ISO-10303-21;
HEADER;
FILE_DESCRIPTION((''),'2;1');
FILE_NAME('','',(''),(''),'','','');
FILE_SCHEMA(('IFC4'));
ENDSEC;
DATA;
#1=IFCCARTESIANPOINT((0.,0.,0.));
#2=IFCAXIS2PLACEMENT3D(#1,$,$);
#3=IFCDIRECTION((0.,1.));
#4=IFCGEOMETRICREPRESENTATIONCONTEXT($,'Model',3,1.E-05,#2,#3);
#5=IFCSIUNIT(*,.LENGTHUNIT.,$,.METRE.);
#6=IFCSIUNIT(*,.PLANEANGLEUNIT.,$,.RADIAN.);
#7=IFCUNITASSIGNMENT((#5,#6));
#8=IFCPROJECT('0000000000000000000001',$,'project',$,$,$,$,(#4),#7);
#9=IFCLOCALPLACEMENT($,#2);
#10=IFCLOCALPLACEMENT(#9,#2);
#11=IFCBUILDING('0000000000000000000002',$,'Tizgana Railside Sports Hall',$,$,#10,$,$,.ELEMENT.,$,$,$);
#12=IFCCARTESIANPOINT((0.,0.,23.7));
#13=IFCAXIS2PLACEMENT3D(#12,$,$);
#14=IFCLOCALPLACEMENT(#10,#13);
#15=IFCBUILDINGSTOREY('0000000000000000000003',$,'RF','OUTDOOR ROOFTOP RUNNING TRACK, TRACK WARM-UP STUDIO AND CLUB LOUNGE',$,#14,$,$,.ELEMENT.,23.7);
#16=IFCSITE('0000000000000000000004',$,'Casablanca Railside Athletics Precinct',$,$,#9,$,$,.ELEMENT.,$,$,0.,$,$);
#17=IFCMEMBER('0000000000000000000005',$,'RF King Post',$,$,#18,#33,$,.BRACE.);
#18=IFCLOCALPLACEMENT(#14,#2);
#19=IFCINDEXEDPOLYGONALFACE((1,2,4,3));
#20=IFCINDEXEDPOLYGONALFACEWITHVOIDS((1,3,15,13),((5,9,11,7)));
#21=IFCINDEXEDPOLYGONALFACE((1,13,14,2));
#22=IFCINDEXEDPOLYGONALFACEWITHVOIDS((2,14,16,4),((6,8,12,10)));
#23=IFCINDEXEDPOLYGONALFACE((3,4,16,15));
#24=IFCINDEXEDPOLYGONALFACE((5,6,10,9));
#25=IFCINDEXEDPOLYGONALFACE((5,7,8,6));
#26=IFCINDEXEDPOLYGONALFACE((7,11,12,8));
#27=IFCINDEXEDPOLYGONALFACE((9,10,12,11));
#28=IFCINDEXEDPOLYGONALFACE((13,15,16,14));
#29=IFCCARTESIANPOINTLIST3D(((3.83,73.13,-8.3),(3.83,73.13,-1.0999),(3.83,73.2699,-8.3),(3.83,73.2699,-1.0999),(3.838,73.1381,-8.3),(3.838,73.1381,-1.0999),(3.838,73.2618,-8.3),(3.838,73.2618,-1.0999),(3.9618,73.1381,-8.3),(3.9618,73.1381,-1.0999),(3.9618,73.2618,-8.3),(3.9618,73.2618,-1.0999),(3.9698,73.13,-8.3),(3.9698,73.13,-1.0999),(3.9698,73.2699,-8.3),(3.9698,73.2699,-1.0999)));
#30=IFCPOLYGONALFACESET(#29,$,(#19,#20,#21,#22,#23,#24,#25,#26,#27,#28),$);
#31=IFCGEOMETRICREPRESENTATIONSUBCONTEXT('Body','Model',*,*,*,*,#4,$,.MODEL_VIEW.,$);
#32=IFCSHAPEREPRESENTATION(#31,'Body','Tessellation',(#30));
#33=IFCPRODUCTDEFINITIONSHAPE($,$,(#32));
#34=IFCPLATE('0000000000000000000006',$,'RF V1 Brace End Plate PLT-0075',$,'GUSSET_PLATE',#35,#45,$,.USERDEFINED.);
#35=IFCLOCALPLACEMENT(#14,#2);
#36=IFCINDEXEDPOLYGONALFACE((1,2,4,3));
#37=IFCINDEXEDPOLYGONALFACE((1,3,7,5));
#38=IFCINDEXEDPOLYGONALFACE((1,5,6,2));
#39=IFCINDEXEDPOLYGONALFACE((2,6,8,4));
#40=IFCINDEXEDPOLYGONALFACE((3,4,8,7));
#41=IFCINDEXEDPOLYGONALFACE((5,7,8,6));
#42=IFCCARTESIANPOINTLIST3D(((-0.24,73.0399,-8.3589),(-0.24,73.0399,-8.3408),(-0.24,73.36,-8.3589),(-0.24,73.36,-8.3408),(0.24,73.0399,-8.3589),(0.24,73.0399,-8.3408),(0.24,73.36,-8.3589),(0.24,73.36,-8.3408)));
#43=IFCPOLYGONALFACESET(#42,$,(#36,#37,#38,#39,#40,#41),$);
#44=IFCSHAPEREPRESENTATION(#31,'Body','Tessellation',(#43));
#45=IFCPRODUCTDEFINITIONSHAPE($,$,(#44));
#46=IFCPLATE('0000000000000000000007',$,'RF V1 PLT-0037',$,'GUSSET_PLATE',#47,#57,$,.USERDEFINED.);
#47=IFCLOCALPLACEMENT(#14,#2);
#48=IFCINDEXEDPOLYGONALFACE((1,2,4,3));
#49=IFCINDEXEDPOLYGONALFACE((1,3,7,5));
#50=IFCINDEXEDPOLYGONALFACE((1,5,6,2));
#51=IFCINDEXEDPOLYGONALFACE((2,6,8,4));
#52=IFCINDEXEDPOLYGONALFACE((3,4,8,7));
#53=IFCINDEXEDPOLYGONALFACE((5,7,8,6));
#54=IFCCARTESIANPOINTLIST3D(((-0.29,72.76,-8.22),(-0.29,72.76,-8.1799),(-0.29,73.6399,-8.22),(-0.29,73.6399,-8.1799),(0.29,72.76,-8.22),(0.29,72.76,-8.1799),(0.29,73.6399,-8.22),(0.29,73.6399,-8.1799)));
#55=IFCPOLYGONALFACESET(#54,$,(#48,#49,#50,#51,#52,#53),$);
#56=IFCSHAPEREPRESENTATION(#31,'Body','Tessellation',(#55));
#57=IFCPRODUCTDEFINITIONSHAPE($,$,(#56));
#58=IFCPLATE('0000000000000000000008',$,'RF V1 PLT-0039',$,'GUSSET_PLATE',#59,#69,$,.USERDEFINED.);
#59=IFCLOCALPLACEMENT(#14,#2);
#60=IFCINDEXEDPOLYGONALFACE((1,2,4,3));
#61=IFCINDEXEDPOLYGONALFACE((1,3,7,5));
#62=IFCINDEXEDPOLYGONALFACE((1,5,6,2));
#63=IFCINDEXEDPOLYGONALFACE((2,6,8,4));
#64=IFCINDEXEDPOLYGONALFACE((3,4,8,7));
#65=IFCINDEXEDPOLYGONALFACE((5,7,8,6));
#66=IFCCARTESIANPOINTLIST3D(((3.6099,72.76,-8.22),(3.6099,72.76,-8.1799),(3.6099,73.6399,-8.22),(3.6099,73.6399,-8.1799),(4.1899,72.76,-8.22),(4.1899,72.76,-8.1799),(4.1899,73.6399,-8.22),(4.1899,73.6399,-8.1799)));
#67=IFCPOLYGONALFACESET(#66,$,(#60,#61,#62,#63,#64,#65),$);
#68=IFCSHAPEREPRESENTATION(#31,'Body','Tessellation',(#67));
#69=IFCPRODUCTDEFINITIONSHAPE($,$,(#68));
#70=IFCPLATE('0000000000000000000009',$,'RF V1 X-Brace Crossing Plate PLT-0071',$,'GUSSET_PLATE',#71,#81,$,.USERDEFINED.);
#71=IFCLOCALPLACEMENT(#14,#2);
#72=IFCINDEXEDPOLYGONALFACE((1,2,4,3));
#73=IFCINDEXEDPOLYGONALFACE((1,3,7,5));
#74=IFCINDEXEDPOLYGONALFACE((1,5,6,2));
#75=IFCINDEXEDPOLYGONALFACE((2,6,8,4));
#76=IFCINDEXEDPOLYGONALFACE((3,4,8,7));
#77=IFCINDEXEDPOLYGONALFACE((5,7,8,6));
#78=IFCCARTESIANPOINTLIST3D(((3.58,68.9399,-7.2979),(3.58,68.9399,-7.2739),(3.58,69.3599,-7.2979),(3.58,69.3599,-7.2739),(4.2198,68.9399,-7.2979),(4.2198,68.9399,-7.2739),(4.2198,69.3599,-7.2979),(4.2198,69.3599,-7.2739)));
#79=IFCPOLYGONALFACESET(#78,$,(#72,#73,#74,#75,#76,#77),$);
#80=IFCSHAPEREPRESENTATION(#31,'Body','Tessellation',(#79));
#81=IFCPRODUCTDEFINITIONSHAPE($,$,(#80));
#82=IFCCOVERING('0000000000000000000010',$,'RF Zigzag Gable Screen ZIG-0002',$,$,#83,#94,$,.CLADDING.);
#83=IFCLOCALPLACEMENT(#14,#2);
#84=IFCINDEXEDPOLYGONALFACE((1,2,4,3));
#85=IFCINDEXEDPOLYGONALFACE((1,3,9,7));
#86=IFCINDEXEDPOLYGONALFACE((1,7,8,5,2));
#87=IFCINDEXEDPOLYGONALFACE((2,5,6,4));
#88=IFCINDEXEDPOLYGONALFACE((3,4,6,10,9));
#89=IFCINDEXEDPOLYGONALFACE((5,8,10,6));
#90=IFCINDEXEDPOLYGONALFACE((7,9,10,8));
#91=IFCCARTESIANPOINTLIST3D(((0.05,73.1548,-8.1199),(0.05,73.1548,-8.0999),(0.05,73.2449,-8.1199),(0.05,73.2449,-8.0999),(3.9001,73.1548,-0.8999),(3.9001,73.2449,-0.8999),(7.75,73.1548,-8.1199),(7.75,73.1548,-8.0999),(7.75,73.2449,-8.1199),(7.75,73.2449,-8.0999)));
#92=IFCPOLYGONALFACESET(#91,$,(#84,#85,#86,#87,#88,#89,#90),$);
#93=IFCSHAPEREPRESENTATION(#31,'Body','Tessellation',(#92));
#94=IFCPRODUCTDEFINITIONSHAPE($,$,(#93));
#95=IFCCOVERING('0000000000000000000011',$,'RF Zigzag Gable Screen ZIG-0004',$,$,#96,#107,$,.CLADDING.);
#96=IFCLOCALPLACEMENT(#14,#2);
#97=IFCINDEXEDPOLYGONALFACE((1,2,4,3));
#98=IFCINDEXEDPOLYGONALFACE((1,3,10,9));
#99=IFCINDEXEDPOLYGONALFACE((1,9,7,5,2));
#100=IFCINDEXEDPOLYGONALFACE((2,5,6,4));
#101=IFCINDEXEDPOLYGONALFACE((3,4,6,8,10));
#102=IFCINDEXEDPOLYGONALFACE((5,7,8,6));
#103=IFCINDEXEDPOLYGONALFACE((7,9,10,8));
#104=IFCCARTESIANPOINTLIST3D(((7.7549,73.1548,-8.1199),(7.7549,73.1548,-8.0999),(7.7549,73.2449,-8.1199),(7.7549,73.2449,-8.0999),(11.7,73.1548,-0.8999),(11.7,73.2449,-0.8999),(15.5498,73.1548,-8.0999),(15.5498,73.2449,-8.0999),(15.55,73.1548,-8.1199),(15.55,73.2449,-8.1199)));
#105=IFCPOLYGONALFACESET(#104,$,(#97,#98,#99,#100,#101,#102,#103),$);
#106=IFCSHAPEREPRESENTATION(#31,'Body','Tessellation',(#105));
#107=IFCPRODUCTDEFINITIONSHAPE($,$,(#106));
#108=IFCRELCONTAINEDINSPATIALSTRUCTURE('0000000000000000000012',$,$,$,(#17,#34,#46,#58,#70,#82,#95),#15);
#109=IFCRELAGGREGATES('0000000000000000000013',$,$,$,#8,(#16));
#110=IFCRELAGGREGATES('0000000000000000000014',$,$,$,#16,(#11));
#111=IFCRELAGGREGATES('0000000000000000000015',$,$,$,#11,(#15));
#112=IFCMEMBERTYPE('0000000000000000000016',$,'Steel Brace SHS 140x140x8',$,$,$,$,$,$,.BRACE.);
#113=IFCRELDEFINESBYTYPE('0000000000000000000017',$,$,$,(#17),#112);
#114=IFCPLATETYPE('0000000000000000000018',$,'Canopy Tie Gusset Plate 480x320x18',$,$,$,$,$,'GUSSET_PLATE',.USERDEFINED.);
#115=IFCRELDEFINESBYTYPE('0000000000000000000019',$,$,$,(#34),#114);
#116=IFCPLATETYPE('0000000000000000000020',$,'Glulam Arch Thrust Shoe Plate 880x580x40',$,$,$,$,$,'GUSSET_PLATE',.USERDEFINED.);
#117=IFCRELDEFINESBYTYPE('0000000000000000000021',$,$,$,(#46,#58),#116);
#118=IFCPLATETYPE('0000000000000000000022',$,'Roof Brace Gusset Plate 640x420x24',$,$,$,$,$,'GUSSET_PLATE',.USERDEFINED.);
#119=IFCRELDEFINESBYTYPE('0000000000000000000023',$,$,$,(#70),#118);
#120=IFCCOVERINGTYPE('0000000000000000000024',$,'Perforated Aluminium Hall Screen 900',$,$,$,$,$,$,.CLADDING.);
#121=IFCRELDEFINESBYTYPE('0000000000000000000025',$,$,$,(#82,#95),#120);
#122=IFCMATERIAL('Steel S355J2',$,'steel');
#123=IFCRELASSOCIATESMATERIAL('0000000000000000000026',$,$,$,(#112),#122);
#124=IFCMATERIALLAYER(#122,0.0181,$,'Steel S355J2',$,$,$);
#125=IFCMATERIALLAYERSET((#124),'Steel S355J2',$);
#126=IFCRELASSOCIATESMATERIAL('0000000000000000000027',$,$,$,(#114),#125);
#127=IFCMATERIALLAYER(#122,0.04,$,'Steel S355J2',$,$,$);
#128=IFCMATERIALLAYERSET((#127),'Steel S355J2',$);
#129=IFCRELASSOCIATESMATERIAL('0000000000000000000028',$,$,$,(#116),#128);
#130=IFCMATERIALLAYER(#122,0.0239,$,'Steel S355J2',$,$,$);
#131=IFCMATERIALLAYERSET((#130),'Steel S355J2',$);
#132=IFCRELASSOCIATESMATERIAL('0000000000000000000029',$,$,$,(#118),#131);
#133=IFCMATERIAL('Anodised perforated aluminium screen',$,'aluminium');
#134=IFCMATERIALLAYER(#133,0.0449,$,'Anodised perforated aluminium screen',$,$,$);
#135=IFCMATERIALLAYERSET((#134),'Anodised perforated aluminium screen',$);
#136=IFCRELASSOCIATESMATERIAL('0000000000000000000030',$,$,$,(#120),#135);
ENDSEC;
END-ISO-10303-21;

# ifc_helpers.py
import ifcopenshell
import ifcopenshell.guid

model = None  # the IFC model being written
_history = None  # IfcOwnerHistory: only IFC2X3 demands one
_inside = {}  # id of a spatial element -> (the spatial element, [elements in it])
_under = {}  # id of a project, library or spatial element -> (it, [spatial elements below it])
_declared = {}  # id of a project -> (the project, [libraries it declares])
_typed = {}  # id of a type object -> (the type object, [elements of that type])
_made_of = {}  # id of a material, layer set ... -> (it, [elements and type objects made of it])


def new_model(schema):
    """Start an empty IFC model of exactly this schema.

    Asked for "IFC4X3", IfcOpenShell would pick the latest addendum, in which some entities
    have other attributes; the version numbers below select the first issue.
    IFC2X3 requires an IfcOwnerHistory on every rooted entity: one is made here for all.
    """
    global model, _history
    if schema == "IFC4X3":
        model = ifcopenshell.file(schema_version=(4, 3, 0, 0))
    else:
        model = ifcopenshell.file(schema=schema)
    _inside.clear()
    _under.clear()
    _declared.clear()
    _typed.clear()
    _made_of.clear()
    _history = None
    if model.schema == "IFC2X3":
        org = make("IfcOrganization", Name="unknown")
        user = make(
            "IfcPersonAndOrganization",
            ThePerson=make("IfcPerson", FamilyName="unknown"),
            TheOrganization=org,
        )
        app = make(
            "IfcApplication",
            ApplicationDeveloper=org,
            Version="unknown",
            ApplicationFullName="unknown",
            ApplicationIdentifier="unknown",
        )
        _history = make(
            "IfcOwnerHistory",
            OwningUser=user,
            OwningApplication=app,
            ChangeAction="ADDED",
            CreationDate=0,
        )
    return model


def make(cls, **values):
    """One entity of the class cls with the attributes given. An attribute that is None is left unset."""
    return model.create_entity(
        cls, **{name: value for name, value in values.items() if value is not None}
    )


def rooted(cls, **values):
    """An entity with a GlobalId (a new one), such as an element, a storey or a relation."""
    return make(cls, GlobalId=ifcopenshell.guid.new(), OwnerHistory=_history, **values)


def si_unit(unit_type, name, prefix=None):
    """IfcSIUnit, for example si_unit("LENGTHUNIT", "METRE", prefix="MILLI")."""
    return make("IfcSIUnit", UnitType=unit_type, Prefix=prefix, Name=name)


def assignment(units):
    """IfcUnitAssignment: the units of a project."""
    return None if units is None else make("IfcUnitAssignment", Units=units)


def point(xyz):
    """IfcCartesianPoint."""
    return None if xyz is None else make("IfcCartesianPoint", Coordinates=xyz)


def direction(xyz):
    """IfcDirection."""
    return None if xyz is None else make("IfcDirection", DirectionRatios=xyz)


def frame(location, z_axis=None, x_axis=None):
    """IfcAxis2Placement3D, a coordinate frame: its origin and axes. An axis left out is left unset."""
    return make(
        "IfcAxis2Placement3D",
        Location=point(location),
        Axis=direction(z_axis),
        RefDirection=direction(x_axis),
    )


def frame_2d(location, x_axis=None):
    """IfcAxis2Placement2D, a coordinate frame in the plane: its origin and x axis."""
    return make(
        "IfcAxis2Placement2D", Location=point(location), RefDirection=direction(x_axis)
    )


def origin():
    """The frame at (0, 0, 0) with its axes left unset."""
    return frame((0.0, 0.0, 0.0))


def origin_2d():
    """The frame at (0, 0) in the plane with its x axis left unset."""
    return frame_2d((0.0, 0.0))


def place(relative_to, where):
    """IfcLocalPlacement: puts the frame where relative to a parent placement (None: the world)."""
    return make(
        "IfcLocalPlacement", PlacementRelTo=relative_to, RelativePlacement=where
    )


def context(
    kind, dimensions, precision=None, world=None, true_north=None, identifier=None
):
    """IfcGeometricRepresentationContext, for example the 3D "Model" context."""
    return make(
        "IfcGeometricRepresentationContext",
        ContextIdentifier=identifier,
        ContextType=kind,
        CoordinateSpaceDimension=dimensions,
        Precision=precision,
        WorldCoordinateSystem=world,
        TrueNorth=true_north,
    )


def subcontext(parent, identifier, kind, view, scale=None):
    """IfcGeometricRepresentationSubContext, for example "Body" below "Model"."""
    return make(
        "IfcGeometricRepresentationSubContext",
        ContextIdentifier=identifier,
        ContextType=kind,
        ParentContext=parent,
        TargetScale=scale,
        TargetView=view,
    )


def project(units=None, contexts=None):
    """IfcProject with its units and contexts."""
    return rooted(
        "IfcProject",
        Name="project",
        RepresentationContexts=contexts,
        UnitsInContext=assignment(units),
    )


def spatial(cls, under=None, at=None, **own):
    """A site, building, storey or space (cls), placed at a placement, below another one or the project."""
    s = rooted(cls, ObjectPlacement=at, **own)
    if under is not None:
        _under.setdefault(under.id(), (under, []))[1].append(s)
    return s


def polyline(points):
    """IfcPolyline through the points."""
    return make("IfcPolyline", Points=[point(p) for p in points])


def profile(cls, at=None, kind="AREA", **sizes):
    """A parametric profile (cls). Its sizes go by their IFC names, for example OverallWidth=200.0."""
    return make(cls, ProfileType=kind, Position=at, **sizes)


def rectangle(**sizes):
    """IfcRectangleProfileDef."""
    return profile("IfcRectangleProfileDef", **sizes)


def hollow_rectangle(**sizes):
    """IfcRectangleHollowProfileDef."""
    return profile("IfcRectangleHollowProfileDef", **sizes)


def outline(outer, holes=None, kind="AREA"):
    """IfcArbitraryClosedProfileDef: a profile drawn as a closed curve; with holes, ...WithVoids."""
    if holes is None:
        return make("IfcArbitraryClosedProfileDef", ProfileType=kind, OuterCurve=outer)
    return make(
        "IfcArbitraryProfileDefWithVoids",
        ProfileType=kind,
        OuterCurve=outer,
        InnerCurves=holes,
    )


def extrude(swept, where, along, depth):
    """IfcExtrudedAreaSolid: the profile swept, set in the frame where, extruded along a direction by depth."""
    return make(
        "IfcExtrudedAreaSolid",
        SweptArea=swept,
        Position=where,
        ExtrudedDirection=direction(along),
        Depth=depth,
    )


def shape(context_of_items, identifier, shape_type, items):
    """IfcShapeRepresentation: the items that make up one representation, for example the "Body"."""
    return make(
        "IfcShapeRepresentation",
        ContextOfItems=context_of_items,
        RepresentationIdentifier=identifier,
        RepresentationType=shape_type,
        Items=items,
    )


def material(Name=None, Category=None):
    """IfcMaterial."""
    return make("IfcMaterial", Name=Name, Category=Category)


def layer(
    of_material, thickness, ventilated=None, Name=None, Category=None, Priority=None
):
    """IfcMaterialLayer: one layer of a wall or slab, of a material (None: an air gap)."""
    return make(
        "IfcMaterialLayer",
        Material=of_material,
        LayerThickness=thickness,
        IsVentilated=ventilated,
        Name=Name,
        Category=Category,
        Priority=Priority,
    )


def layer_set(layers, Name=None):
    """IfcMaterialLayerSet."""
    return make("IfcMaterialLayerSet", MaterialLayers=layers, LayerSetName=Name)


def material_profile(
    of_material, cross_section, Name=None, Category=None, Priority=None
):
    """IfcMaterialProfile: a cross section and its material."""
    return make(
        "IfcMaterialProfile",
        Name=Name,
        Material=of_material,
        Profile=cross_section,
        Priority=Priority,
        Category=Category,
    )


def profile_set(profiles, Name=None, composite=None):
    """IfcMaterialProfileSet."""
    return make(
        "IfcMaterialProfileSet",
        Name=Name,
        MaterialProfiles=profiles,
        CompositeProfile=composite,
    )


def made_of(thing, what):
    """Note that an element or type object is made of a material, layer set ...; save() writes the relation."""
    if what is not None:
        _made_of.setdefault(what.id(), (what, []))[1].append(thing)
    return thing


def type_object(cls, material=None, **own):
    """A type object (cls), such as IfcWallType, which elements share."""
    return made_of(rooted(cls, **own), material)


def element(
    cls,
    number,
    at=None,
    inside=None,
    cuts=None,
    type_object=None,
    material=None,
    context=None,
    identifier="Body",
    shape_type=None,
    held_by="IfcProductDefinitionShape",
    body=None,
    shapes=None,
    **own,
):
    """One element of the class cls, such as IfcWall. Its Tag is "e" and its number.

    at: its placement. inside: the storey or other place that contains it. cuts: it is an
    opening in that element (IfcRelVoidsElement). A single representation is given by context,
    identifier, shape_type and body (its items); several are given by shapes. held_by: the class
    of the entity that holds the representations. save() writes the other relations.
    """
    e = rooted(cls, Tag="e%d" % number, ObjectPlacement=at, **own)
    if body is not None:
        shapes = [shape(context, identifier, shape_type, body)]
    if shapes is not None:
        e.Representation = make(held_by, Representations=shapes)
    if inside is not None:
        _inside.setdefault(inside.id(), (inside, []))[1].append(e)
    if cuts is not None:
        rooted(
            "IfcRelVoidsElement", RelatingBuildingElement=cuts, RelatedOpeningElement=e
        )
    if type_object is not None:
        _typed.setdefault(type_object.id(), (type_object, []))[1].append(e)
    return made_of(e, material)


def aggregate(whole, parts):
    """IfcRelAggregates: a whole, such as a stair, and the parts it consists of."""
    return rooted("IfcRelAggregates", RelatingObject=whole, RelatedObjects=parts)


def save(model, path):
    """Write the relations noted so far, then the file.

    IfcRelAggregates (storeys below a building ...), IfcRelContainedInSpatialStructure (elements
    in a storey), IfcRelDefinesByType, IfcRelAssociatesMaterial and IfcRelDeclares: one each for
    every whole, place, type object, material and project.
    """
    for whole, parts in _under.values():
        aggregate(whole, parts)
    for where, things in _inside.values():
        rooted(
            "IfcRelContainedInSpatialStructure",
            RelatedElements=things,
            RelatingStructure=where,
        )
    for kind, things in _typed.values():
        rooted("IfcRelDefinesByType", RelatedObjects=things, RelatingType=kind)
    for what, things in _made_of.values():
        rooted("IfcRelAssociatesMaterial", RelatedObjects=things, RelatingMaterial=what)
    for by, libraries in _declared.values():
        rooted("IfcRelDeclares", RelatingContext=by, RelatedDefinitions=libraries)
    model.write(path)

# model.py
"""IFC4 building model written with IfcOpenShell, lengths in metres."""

from ifc_helpers import new_model, si_unit, direction, frame, origin, origin_2d, place, context, subcontext, project, spatial, polyline, rectangle, hollow_rectangle, outline, extrude, material, layer, layer_set, material_profile, profile_set, type_object, element, save


model = new_model("IFC4")

# Units and contexts
model_context = context("Model", 3, precision=1e-05, world=origin(), true_north=direction((0.0, 1.0)))
body_context = subcontext(model_context, "Body", "Model", "MODEL_VIEW")
ifc_project = project(units=[si_unit("LENGTHUNIT", "METRE"), si_unit("PLANEANGLEUNIT", "RADIAN")], contexts=[model_context])

# Site, building, storey
site_placement = place(None, origin())
site = spatial("IfcSite", under=ifc_project, at=site_placement, Name="Casablanca Railside Athletics Precinct", CompositionType="ELEMENT", RefElevation=0.0)
building_placement = place(site_placement, origin())
building = spatial("IfcBuilding", under=site, at=building_placement, Name="Tizgana Railside Sports Hall", CompositionType="ELEMENT")
storey_placement = place(building_placement, frame((0.0, 0.0, 23.7)))
storey = spatial("IfcBuildingStorey", under=building, at=storey_placement, Name="RF", Description="OUTDOOR ROOFTOP RUNNING TRACK, TRACK WARM-UP STUDIO AND CLUB LOUNGE", CompositionType="ELEMENT", Elevation=23.7)

# Member
ifc_material_1 = material(Name="Steel S355J2", Category="steel")
ifc_material_profile_1 = material_profile(ifc_material_1, hollow_rectangle(XDim=0.1399, YDim=0.1399, WallThickness=0.0081, at=origin_2d()), Name="SHS 140x140x8")
ifc_profile_set_1 = profile_set([ifc_material_profile_1], Name="Steel S355J2")
member_type_1 = type_object("IfcMemberType", Name="Steel Brace SHS 140x140x8", PredefinedType="BRACE", material=ifc_profile_set_1)
member_1_placement = place(storey_placement, frame((3.8999, 73.2, -8.3), z_axis=(0.0, 0.0, 1.0), x_axis=(1.0, 0.0, 0.0)))
element("IfcMember", 1, at=member_1_placement, inside=storey, type_object=member_type_1, Name="RF King Post", PredefinedType="BRACE", context=body_context, shape_type="SweptSolid", body=[
    extrude(hollow_rectangle(XDim=0.1399, YDim=0.1399, WallThickness=0.0081, at=origin_2d()), origin(), (0.0, 0.0, 1.0), 7.2002),
])

# Plates
ifc_layer_1 = layer(ifc_material_1, 0.0181, Name="Steel S355J2")
ifc_layer_set_1 = layer_set([ifc_layer_1], Name="Steel S355J2")
plate_type_1 = type_object("IfcPlateType", Name="Canopy Tie Gusset Plate 480x320x18", ElementType="GUSSET_PLATE", PredefinedType="USERDEFINED", material=ifc_layer_set_1)
plate_1_placement = place(storey_placement, frame((0.0, 73.2, -8.3589), z_axis=(0.0, 0.0, 1.0), x_axis=(1.0, 0.0, 0.0)))
element("IfcPlate", 2, at=plate_1_placement, inside=storey, type_object=plate_type_1, Name="RF V1 Brace End Plate PLT-0075", ObjectType="GUSSET_PLATE", PredefinedType="USERDEFINED", context=body_context, shape_type="SweptSolid", body=[
    extrude(rectangle(XDim=0.48, YDim=0.3201, at=origin_2d()), origin(), (0.0, 0.0, 1.0), 0.0181),
])
ifc_layer_2 = layer(ifc_material_1, 0.04, Name="Steel S355J2")
ifc_layer_set_2 = layer_set([ifc_layer_2], Name="Steel S355J2")
plate_type_2 = type_object("IfcPlateType", Name="Glulam Arch Thrust Shoe Plate 880x580x40", ElementType="GUSSET_PLATE", PredefinedType="USERDEFINED", material=ifc_layer_set_2)
for number, where, z_axis, x_axis, name in (
    (3, (0.0, 73.2, -8.22), (0.0, 0.0, 1.0), (1.0, 0.0, 0.0), "RF V1 PLT-0037"),
    (4, (3.8999, 73.2, -8.22), (0.0, 0.0, 1.0), (1.0, 0.0, 0.0), "RF V1 PLT-0039"),
):
    element("IfcPlate", number, at=place(storey_placement, frame(where, z_axis=z_axis, x_axis=x_axis)), inside=storey, type_object=plate_type_2, Name=name, ObjectType="GUSSET_PLATE", PredefinedType="USERDEFINED", context=body_context, shape_type="SweptSolid", body=[
        extrude(rectangle(XDim=0.5801, YDim=0.8799, at=origin_2d()), origin(), (0.0, 0.0, 1.0), 0.04),
    ])
ifc_layer_3 = layer(ifc_material_1, 0.0239, Name="Steel S355J2")
ifc_layer_set_3 = layer_set([ifc_layer_3], Name="Steel S355J2")
plate_type_3 = type_object("IfcPlateType", Name="Roof Brace Gusset Plate 640x420x24", ElementType="GUSSET_PLATE", PredefinedType="USERDEFINED", material=ifc_layer_set_3)
plate_2_placement = place(storey_placement, frame((3.8999, 69.1499, -7.2979), z_axis=(0.0, 0.0, 1.0), x_axis=(1.0, 0.0, 0.0)))
element("IfcPlate", 5, at=plate_2_placement, inside=storey, type_object=plate_type_3, Name="RF V1 X-Brace Crossing Plate PLT-0071", ObjectType="GUSSET_PLATE", PredefinedType="USERDEFINED", context=body_context, shape_type="SweptSolid", body=[
    extrude(rectangle(XDim=0.6399, YDim=0.4199, at=origin_2d()), origin(), (0.0, 0.0, 1.0), 0.0239),
])

# Coverings
ifc_material_2 = material(Name="Anodised perforated aluminium screen", Category="aluminium")
ifc_layer_4 = layer(ifc_material_2, 0.0449, Name="Anodised perforated aluminium screen")
ifc_layer_set_4 = layer_set([ifc_layer_4], Name="Anodised perforated aluminium screen")
covering_type = type_object("IfcCoveringType", Name="Perforated Aluminium Hall Screen 900", PredefinedType="CLADDING", material=ifc_layer_set_4)
covering_1_placement = place(storey_placement, frame((0.05, 73.2, -8.1199), z_axis=(0.0, 0.0, 1.0), x_axis=(1.0, 0.0, 0.0)))
element("IfcCovering", 6, at=covering_1_placement, inside=storey, type_object=covering_type, Name="RF Zigzag Gable Screen ZIG-0002", PredefinedType="CLADDING", context=body_context, shape_type="SweptSolid", body=[
    extrude(outline(polyline([(0.0, 0.0), (7.7, 0.0), (7.7, 0.02), (3.8501, 7.22), (0.0, 0.02), (0.0, 0.0)])), frame((0.0, 0.0449, 0.0), z_axis=(0.0, -1.0, 0.0), x_axis=(1.0, 0.0, 0.0)), (0.0, 0.0, 1.0), 0.0901),
])
covering_2_placement = place(storey_placement, frame((7.7549, 73.2, -8.1199), z_axis=(0.0, 0.0, 1.0), x_axis=(1.0, 0.0, 0.0)))
element("IfcCovering", 7, at=covering_2_placement, inside=storey, type_object=covering_type, Name="RF Zigzag Gable Screen ZIG-0004", PredefinedType="CLADDING", context=body_context, shape_type="SweptSolid", body=[
    extrude(outline(polyline([(0.0, 0.0), (7.7952, 0.0), (7.7949, 0.02), (3.9451, 7.22), (0.0, 0.02), (0.0, 0.0)])), frame((0.0, 0.0449, 0.0), z_axis=(0.0, -1.0, 0.0), x_axis=(1.0, 0.0, 0.0)), (0.0, 0.0, 1.0), 0.0901),
])

save(model, "model.ifc")
